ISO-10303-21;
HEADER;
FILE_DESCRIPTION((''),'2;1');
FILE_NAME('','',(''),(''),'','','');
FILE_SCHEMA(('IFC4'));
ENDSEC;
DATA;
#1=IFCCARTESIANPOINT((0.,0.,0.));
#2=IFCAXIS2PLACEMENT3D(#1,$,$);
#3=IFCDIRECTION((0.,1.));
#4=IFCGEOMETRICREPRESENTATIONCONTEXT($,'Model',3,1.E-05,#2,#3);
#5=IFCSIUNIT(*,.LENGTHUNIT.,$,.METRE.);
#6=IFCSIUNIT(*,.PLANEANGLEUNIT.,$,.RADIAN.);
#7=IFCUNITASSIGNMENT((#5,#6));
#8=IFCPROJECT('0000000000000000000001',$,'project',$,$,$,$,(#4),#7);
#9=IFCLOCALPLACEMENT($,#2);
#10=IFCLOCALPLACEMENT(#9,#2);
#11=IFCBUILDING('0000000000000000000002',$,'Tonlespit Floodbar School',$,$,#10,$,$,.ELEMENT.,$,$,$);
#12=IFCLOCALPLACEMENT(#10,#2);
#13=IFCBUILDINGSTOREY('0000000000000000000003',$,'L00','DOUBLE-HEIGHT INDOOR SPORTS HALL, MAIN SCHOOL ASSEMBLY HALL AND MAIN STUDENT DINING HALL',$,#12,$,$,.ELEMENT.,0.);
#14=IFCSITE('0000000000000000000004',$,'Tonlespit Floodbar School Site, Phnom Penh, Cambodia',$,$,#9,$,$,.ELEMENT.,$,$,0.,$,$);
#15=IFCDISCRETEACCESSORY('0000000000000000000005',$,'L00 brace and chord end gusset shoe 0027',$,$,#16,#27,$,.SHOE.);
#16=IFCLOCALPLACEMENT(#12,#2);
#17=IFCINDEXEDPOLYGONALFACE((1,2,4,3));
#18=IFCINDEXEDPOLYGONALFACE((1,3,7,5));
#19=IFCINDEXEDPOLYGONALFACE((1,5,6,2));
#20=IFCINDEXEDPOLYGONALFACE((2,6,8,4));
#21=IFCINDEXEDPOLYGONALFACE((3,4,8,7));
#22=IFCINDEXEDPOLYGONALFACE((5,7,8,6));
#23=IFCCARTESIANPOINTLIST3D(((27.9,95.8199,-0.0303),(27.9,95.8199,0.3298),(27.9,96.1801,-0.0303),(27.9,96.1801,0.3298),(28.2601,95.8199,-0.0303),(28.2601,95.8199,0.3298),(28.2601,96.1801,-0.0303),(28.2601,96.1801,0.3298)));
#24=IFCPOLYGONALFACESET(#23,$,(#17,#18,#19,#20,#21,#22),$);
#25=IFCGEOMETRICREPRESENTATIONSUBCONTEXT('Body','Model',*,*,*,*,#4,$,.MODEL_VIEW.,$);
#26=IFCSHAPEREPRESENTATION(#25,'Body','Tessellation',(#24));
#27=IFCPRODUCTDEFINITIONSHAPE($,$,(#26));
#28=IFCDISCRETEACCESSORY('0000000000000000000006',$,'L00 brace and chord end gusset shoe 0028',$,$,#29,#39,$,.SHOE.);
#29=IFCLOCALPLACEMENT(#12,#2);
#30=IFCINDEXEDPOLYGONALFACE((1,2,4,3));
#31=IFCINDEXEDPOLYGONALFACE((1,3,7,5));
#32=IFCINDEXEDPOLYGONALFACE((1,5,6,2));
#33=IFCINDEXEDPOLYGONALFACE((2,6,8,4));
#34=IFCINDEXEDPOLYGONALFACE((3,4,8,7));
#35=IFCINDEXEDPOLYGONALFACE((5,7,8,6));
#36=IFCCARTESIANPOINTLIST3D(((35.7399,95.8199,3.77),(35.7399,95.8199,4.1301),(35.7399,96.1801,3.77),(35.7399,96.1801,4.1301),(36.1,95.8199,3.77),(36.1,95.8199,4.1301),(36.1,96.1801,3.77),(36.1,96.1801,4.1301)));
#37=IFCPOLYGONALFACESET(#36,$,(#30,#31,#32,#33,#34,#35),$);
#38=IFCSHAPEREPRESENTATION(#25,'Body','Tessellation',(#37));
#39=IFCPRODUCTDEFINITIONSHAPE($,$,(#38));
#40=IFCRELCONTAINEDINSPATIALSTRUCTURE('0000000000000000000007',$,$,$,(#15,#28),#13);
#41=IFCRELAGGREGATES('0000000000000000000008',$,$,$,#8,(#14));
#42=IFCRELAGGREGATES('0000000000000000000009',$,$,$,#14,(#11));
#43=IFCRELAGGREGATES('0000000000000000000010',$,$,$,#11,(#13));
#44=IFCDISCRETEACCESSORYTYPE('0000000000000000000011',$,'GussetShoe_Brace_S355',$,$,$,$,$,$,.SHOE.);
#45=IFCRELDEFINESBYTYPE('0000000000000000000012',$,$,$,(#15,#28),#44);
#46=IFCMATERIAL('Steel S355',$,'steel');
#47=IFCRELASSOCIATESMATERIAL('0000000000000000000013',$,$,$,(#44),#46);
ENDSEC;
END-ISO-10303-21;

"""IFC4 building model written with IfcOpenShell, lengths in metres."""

from ifc_helpers import new_model, si_unit, direction, frame, origin, origin_2d, place, context, subcontext, project, spatial, rectangle, extrude, material, type_object, element, save


model = new_model("IFC4")

# Units and contexts
model_context = context("Model", 3, precision=1e-05, world=origin(), true_north=direction((0.0, 1.0)))
body_context = subcontext(model_context, "Body", "Model", "MODEL_VIEW")
ifc_project = project(units=[si_unit("LENGTHUNIT", "METRE"), si_unit("PLANEANGLEUNIT", "RADIAN")], contexts=[model_context])

# Site, building, storey
site_placement = place(None, origin())
site = spatial("IfcSite", under=ifc_project, at=site_placement, Name="Tonlespit Floodbar School Site, Phnom Penh, Cambodia", CompositionType="ELEMENT", RefElevation=0.0)
building_placement = place(site_placement, origin())
building = spatial("IfcBuilding", under=site, at=building_placement, Name="Tonlespit Floodbar School", CompositionType="ELEMENT")
storey_placement = place(building_placement, origin())
storey = spatial("IfcBuildingStorey", under=building, at=storey_placement, Name="L00", Description="DOUBLE-HEIGHT INDOOR SPORTS HALL, MAIN SCHOOL ASSEMBLY HALL AND MAIN STUDENT DINING HALL", CompositionType="ELEMENT", Elevation=0.0)

# Shared definitions
ifc_material_1 = material(Name="Steel S355", Category="steel")

# Discrete accessories
discrete_accessory_type_1 = type_object("IfcDiscreteAccessoryType", Name="GussetShoe_Brace_S355", PredefinedType="SHOE", material=ifc_material_1)
for number, where, z_axis, x_axis, name in (
    (1, (28.0801, 96.0, -0.0303), (0.0, 0.0, 1.0), (1.0, 0.0, 0.0), "L00 brace and chord end gusset shoe 0027"),
    (2, (35.9199, 96.0, 3.77), (0.0, 0.0, 1.0), (1.0, 0.0, 0.0), "L00 brace and chord end gusset shoe 0028"),
):
    element("IfcDiscreteAccessory", number, at=place(storey_placement, frame(where, z_axis=z_axis, x_axis=x_axis)), inside=storey, type_object=discrete_accessory_type_1, Name=name, PredefinedType="SHOE", context=body_context, shape_type="SweptSolid", body=[
        extrude(rectangle(XDim=0.3601, YDim=0.3601, at=origin_2d()), origin(), (0.0, 0.0, 1.0), 0.3601),
    ])

save(model, "model.ifc")
